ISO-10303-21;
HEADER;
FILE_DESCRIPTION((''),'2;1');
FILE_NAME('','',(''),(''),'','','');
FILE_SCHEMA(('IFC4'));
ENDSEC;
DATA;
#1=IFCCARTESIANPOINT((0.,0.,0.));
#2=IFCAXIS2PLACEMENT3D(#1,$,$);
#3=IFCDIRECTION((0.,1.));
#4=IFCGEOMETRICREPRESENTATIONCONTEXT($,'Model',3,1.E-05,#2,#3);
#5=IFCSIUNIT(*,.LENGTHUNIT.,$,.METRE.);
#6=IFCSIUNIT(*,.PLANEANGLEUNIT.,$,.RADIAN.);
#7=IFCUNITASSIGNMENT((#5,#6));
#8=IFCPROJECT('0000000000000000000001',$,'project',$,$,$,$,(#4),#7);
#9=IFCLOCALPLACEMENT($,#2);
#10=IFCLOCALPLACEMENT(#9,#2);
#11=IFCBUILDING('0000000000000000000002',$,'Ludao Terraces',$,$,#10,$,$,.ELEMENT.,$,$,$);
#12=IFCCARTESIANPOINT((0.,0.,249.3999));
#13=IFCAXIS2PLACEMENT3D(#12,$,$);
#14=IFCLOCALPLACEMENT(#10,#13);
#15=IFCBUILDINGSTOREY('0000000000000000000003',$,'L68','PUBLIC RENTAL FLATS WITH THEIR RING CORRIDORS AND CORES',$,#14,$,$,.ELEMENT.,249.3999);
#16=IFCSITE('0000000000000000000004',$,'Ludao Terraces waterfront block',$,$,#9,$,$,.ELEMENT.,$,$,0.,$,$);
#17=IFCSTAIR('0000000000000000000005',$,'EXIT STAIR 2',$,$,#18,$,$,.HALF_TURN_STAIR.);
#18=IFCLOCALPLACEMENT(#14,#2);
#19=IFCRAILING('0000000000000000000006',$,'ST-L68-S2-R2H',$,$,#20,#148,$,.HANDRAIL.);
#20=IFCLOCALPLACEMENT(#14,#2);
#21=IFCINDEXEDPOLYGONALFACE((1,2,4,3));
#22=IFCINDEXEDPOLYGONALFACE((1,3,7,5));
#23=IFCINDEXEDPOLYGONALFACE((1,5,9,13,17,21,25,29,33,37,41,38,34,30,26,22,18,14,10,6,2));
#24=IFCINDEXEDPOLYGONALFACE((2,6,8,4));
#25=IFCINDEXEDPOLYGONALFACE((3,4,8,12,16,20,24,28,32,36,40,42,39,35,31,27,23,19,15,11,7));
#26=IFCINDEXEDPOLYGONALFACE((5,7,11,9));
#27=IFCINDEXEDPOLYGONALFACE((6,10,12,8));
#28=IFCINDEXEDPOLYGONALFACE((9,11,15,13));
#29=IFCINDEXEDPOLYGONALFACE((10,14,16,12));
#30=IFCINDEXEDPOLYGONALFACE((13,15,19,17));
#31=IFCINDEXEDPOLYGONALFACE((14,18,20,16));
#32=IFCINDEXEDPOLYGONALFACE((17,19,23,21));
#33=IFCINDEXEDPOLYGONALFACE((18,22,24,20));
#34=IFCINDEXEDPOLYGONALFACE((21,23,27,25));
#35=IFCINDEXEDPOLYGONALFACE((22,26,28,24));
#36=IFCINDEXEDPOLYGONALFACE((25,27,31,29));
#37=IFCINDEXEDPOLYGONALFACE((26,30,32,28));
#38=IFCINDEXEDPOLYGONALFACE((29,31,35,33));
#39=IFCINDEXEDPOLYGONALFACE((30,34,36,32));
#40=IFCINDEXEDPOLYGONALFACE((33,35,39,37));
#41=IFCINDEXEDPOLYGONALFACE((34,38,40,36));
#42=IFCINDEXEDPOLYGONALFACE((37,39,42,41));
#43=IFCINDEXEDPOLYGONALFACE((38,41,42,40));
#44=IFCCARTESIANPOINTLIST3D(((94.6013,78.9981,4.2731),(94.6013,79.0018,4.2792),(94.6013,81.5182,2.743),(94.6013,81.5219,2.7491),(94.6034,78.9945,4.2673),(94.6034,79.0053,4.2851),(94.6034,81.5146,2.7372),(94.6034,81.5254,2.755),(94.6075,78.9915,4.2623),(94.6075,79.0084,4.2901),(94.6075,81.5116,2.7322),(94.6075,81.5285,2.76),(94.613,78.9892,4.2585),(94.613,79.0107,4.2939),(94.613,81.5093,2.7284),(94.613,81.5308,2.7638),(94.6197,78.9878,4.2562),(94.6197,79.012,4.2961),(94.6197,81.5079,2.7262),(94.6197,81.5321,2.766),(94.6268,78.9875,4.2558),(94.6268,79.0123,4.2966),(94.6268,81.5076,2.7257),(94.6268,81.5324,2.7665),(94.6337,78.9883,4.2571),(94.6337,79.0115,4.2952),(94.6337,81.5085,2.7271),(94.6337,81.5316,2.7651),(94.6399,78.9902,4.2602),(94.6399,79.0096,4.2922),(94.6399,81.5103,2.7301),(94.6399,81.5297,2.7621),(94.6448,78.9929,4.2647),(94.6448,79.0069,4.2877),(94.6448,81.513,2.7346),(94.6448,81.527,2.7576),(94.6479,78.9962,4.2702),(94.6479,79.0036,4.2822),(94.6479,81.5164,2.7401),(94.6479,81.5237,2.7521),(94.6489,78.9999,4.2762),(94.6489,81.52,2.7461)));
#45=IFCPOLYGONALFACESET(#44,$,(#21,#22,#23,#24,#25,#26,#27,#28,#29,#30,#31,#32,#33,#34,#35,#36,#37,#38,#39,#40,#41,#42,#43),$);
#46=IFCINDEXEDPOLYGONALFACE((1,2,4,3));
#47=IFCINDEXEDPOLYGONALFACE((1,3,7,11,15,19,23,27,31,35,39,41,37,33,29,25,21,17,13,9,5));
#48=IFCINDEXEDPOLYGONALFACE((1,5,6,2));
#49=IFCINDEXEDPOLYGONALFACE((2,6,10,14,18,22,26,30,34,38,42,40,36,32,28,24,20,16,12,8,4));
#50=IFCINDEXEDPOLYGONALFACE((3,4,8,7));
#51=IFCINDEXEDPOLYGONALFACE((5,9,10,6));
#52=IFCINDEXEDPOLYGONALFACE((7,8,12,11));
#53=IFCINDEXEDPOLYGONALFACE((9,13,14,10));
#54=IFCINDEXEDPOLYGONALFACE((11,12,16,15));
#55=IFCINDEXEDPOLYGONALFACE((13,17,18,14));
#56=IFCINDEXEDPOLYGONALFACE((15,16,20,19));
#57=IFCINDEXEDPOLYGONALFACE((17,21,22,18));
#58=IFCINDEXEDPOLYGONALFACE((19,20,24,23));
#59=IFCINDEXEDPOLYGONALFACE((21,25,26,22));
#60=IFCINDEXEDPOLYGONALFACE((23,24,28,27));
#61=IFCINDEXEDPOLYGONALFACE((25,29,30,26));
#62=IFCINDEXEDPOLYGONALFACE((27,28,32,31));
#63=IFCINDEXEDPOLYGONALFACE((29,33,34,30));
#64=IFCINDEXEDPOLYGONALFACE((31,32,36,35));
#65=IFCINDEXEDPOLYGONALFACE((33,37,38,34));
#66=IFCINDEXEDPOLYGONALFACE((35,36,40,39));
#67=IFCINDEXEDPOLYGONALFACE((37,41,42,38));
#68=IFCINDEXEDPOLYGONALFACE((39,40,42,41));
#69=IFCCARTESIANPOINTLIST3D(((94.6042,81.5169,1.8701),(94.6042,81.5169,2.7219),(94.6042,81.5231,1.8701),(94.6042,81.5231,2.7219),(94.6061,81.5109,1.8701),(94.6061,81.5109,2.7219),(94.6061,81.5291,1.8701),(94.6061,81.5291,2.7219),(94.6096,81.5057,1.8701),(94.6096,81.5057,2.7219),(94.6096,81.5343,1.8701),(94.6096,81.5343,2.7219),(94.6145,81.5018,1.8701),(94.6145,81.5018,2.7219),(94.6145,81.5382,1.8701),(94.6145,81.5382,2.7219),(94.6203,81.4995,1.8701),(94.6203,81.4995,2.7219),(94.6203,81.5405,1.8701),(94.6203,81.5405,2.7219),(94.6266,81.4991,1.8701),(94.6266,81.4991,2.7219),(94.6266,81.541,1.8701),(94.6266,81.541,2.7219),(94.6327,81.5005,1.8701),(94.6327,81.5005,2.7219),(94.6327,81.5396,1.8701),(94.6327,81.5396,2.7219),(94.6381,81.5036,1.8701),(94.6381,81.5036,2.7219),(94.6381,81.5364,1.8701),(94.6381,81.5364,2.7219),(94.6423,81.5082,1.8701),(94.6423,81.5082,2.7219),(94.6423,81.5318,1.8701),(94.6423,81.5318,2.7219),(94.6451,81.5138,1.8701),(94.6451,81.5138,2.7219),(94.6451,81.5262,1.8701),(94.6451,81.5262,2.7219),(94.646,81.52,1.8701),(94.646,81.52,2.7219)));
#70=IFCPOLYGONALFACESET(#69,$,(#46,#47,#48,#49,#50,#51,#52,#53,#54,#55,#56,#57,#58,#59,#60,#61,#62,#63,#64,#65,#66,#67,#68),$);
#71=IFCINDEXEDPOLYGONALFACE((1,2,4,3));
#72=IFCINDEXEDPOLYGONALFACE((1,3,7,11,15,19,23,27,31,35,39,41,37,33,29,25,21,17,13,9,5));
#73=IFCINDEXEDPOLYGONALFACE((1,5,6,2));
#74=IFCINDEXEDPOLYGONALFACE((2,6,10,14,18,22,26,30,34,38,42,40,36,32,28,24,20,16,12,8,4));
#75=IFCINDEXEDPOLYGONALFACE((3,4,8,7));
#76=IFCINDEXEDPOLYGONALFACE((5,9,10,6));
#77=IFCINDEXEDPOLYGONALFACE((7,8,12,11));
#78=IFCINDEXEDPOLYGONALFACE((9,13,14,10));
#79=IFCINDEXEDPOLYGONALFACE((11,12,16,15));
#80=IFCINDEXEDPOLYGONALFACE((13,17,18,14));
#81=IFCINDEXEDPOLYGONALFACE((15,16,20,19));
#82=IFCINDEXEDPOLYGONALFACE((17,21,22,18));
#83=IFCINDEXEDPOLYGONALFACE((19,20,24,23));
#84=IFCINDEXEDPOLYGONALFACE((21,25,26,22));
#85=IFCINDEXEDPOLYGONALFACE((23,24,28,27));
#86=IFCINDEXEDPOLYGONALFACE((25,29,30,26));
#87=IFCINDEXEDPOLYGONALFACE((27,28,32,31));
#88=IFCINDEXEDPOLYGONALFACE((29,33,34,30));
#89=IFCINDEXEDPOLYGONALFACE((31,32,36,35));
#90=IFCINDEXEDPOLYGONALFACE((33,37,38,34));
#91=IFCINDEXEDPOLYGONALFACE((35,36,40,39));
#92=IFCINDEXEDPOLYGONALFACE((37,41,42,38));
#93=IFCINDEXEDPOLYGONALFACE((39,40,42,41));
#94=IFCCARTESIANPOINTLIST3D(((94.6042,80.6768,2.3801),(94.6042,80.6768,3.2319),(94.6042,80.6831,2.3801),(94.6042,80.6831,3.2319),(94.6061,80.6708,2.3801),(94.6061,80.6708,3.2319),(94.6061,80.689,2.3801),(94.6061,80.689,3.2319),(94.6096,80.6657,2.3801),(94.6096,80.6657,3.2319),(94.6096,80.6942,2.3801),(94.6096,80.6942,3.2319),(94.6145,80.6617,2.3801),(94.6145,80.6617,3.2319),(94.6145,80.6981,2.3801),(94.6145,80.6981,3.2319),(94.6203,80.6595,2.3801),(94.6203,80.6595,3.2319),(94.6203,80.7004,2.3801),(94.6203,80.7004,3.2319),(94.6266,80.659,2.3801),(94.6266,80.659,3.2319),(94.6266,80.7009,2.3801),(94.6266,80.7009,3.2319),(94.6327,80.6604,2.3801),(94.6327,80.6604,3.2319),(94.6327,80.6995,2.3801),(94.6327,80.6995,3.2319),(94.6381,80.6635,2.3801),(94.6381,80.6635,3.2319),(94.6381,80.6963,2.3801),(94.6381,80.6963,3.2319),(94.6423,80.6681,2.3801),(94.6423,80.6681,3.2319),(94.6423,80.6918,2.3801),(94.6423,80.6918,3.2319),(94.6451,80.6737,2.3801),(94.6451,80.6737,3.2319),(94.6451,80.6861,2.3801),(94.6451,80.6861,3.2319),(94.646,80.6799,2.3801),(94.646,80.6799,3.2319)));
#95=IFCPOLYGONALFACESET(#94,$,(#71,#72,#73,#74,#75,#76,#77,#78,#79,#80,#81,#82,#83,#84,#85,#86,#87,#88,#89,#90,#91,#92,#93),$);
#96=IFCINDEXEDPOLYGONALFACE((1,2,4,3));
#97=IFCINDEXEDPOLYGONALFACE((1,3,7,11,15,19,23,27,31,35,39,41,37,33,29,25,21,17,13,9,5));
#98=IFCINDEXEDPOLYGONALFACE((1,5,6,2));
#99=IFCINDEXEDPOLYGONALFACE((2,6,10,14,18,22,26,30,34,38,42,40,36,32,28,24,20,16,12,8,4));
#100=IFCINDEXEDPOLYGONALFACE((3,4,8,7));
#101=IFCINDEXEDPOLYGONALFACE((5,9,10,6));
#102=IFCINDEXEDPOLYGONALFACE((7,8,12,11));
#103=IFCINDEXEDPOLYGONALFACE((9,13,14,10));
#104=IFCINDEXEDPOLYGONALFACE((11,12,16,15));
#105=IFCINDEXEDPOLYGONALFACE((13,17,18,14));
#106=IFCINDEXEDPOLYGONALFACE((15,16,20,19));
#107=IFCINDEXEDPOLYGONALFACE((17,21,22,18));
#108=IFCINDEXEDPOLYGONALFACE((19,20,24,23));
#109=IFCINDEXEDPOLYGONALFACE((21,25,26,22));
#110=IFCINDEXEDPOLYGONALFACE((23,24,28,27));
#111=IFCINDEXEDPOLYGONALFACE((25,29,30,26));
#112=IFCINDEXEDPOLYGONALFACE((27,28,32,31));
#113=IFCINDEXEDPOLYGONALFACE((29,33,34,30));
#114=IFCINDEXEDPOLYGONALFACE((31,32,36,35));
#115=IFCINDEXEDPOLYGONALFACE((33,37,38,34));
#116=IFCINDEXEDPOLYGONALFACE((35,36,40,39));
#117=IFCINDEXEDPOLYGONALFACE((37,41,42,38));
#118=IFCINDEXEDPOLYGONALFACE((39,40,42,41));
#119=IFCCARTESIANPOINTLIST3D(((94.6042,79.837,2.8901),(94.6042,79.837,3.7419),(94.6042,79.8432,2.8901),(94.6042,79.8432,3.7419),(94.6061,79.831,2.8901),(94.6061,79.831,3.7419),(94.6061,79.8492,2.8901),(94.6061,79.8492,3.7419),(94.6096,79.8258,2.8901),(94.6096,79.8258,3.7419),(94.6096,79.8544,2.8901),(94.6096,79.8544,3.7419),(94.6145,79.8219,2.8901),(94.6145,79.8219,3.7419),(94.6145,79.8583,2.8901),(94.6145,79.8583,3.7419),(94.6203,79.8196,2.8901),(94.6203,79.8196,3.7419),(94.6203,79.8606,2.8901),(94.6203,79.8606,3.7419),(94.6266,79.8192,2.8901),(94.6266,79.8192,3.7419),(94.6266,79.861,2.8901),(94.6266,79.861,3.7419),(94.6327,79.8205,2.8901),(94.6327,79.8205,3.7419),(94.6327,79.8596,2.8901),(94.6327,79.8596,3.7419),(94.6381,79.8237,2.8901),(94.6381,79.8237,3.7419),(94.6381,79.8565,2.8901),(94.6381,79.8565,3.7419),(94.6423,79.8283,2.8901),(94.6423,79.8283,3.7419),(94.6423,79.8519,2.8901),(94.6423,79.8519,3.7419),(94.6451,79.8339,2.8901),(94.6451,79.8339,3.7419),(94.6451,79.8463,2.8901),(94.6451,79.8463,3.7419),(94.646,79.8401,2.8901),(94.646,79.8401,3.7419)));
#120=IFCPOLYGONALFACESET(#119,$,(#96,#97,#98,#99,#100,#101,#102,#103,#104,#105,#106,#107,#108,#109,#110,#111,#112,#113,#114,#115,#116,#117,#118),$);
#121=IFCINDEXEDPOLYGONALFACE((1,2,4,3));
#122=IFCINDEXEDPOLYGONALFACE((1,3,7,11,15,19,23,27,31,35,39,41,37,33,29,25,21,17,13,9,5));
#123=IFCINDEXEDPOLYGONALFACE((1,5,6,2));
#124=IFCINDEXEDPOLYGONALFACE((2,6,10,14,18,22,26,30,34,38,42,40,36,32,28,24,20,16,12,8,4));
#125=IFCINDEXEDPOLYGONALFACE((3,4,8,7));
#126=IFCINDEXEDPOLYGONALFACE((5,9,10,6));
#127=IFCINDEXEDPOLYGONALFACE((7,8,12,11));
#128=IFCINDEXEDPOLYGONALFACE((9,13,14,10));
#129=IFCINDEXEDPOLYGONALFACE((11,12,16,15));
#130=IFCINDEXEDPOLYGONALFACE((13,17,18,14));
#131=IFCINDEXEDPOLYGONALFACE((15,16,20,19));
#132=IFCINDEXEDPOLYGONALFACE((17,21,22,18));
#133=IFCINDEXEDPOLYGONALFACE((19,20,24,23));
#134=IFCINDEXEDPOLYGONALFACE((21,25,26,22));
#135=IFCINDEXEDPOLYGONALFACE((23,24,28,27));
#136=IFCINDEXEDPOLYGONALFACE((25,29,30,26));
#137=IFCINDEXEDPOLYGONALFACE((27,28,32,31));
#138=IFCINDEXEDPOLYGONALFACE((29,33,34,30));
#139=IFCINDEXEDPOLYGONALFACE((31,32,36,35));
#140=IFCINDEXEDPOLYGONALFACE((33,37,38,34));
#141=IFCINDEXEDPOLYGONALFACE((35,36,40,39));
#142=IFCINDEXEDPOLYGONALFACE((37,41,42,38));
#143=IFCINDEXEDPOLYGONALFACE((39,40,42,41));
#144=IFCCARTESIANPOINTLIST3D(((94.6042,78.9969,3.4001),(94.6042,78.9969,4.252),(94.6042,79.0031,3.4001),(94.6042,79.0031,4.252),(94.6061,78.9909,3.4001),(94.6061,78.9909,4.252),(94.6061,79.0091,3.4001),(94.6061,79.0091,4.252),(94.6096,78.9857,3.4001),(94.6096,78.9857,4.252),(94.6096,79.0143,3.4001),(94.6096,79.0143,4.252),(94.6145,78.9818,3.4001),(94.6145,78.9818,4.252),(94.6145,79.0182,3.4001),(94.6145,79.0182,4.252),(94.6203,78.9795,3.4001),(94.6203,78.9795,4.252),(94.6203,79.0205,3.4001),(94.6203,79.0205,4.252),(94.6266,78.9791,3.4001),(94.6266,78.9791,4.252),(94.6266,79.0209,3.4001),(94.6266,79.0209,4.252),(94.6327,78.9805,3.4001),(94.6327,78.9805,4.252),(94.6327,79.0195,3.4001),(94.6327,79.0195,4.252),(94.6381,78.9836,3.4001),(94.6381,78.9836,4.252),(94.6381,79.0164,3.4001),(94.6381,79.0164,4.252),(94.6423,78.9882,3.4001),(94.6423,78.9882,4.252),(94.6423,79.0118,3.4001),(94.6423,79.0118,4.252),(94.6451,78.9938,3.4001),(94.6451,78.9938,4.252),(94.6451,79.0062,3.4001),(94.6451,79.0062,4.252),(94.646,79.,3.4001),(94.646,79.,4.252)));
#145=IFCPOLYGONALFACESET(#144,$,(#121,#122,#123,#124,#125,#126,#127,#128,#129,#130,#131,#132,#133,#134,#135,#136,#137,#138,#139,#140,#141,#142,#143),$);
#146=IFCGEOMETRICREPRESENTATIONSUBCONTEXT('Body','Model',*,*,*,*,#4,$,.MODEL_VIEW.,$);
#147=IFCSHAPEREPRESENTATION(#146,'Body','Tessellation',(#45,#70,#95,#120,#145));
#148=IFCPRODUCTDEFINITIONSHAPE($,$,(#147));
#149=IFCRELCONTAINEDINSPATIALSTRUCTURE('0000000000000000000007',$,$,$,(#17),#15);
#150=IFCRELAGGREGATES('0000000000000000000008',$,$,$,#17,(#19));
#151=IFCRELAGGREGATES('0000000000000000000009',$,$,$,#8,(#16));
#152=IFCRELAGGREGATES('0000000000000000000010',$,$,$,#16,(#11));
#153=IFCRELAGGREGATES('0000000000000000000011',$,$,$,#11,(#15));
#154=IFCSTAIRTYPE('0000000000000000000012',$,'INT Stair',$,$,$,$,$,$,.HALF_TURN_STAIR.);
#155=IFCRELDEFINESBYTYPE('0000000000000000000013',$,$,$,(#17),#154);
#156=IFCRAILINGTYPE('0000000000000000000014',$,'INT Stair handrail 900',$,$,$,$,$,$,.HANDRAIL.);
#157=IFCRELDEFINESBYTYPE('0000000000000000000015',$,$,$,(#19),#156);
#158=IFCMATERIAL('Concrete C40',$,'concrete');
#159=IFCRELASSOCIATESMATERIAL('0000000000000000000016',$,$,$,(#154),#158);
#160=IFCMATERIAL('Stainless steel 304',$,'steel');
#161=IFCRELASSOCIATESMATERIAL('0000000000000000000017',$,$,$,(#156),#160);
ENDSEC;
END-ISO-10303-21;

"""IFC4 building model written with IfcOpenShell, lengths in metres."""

from ifc_helpers import new_model, si_unit, direction, frame, origin, origin_2d, place, context, subcontext, project, spatial, circle, extrude, material, type_object, element, aggregate, save


model = new_model("IFC4")

# Units and contexts
model_context = context("Model", 3, precision=1e-05, world=origin(), true_north=direction((0.0, 1.0)))
body_context = subcontext(model_context, "Body", "Model", "MODEL_VIEW")
ifc_project = project(units=[si_unit("LENGTHUNIT", "METRE"), si_unit("PLANEANGLEUNIT", "RADIAN")], contexts=[model_context])

# Site, building, storey
site_placement = place(None, origin())
site = spatial("IfcSite", under=ifc_project, at=site_placement, Name="Ludao Terraces waterfront block", CompositionType="ELEMENT", RefElevation=0.0)
building_placement = place(site_placement, origin())
building = spatial("IfcBuilding", under=site, at=building_placement, Name="Ludao Terraces", CompositionType="ELEMENT")
storey_placement = place(building_placement, frame((0.0, 0.0, 249.3999)))
storey = spatial("IfcBuildingStorey", under=building, at=storey_placement, Name="L68", Description="PUBLIC RENTAL FLATS WITH THEIR RING CORRIDORS AND CORES", CompositionType="ELEMENT", Elevation=249.3999)

# Shared definitions
ifc_material_1 = material(Name="Stainless steel 304", Category="steel")

# Stair, railing
ifc_material_2 = material(Name="Concrete C40", Category="concrete")
stair_type = type_object("IfcStairType", Name="INT Stair", PredefinedType="HALF_TURN_STAIR", material=ifc_material_2)
stair_placement = place(storey_placement, origin())
stair = element("IfcStair", 1, at=stair_placement, inside=storey, type_object=stair_type, Name="EXIT STAIR 2", PredefinedType="HALF_TURN_STAIR")
railing_type_1 = type_object("IfcRailingType", Name="INT Stair handrail 900", PredefinedType="HANDRAIL", material=ifc_material_1)
railing_1_placement = place(storey_placement, frame((94.625, 81.52, 1.8701)))
railing_1 = element("IfcRailing", 2, at=railing_1_placement, type_object=railing_type_1, Name="ST-L68-S2-R2H", PredefinedType="HANDRAIL", context=body_context, shape_type="SweptSolid", body=[
    extrude(circle(Radius=0.0239, at=origin_2d()), frame((0.0, 0.0, 0.876), z_axis=(0.0, -0.854785, 0.518982), x_axis=(1.0, 0.0, 0.0)), (0.0, 0.0, 1.0), 2.9482),
    extrude(circle(Radius=0.021, at=origin_2d()), origin(), (0.0, 0.0, 1.0), 0.8518),
    extrude(circle(Radius=0.021, at=origin_2d()), frame((0.0, -0.8401, 0.51)), (0.0, 0.0, 1.0), 0.8518),
    extrude(circle(Radius=0.021, at=origin_2d()), frame((0.0, -1.6799, 1.02)), (0.0, 0.0, 1.0), 0.8518),
    extrude(circle(Radius=0.021, at=origin_2d()), frame((0.0, -2.52, 1.53)), (0.0, 0.0, 1.0), 0.8518),
])
aggregate(stair, [railing_1])

save(model, "model.ifc")
